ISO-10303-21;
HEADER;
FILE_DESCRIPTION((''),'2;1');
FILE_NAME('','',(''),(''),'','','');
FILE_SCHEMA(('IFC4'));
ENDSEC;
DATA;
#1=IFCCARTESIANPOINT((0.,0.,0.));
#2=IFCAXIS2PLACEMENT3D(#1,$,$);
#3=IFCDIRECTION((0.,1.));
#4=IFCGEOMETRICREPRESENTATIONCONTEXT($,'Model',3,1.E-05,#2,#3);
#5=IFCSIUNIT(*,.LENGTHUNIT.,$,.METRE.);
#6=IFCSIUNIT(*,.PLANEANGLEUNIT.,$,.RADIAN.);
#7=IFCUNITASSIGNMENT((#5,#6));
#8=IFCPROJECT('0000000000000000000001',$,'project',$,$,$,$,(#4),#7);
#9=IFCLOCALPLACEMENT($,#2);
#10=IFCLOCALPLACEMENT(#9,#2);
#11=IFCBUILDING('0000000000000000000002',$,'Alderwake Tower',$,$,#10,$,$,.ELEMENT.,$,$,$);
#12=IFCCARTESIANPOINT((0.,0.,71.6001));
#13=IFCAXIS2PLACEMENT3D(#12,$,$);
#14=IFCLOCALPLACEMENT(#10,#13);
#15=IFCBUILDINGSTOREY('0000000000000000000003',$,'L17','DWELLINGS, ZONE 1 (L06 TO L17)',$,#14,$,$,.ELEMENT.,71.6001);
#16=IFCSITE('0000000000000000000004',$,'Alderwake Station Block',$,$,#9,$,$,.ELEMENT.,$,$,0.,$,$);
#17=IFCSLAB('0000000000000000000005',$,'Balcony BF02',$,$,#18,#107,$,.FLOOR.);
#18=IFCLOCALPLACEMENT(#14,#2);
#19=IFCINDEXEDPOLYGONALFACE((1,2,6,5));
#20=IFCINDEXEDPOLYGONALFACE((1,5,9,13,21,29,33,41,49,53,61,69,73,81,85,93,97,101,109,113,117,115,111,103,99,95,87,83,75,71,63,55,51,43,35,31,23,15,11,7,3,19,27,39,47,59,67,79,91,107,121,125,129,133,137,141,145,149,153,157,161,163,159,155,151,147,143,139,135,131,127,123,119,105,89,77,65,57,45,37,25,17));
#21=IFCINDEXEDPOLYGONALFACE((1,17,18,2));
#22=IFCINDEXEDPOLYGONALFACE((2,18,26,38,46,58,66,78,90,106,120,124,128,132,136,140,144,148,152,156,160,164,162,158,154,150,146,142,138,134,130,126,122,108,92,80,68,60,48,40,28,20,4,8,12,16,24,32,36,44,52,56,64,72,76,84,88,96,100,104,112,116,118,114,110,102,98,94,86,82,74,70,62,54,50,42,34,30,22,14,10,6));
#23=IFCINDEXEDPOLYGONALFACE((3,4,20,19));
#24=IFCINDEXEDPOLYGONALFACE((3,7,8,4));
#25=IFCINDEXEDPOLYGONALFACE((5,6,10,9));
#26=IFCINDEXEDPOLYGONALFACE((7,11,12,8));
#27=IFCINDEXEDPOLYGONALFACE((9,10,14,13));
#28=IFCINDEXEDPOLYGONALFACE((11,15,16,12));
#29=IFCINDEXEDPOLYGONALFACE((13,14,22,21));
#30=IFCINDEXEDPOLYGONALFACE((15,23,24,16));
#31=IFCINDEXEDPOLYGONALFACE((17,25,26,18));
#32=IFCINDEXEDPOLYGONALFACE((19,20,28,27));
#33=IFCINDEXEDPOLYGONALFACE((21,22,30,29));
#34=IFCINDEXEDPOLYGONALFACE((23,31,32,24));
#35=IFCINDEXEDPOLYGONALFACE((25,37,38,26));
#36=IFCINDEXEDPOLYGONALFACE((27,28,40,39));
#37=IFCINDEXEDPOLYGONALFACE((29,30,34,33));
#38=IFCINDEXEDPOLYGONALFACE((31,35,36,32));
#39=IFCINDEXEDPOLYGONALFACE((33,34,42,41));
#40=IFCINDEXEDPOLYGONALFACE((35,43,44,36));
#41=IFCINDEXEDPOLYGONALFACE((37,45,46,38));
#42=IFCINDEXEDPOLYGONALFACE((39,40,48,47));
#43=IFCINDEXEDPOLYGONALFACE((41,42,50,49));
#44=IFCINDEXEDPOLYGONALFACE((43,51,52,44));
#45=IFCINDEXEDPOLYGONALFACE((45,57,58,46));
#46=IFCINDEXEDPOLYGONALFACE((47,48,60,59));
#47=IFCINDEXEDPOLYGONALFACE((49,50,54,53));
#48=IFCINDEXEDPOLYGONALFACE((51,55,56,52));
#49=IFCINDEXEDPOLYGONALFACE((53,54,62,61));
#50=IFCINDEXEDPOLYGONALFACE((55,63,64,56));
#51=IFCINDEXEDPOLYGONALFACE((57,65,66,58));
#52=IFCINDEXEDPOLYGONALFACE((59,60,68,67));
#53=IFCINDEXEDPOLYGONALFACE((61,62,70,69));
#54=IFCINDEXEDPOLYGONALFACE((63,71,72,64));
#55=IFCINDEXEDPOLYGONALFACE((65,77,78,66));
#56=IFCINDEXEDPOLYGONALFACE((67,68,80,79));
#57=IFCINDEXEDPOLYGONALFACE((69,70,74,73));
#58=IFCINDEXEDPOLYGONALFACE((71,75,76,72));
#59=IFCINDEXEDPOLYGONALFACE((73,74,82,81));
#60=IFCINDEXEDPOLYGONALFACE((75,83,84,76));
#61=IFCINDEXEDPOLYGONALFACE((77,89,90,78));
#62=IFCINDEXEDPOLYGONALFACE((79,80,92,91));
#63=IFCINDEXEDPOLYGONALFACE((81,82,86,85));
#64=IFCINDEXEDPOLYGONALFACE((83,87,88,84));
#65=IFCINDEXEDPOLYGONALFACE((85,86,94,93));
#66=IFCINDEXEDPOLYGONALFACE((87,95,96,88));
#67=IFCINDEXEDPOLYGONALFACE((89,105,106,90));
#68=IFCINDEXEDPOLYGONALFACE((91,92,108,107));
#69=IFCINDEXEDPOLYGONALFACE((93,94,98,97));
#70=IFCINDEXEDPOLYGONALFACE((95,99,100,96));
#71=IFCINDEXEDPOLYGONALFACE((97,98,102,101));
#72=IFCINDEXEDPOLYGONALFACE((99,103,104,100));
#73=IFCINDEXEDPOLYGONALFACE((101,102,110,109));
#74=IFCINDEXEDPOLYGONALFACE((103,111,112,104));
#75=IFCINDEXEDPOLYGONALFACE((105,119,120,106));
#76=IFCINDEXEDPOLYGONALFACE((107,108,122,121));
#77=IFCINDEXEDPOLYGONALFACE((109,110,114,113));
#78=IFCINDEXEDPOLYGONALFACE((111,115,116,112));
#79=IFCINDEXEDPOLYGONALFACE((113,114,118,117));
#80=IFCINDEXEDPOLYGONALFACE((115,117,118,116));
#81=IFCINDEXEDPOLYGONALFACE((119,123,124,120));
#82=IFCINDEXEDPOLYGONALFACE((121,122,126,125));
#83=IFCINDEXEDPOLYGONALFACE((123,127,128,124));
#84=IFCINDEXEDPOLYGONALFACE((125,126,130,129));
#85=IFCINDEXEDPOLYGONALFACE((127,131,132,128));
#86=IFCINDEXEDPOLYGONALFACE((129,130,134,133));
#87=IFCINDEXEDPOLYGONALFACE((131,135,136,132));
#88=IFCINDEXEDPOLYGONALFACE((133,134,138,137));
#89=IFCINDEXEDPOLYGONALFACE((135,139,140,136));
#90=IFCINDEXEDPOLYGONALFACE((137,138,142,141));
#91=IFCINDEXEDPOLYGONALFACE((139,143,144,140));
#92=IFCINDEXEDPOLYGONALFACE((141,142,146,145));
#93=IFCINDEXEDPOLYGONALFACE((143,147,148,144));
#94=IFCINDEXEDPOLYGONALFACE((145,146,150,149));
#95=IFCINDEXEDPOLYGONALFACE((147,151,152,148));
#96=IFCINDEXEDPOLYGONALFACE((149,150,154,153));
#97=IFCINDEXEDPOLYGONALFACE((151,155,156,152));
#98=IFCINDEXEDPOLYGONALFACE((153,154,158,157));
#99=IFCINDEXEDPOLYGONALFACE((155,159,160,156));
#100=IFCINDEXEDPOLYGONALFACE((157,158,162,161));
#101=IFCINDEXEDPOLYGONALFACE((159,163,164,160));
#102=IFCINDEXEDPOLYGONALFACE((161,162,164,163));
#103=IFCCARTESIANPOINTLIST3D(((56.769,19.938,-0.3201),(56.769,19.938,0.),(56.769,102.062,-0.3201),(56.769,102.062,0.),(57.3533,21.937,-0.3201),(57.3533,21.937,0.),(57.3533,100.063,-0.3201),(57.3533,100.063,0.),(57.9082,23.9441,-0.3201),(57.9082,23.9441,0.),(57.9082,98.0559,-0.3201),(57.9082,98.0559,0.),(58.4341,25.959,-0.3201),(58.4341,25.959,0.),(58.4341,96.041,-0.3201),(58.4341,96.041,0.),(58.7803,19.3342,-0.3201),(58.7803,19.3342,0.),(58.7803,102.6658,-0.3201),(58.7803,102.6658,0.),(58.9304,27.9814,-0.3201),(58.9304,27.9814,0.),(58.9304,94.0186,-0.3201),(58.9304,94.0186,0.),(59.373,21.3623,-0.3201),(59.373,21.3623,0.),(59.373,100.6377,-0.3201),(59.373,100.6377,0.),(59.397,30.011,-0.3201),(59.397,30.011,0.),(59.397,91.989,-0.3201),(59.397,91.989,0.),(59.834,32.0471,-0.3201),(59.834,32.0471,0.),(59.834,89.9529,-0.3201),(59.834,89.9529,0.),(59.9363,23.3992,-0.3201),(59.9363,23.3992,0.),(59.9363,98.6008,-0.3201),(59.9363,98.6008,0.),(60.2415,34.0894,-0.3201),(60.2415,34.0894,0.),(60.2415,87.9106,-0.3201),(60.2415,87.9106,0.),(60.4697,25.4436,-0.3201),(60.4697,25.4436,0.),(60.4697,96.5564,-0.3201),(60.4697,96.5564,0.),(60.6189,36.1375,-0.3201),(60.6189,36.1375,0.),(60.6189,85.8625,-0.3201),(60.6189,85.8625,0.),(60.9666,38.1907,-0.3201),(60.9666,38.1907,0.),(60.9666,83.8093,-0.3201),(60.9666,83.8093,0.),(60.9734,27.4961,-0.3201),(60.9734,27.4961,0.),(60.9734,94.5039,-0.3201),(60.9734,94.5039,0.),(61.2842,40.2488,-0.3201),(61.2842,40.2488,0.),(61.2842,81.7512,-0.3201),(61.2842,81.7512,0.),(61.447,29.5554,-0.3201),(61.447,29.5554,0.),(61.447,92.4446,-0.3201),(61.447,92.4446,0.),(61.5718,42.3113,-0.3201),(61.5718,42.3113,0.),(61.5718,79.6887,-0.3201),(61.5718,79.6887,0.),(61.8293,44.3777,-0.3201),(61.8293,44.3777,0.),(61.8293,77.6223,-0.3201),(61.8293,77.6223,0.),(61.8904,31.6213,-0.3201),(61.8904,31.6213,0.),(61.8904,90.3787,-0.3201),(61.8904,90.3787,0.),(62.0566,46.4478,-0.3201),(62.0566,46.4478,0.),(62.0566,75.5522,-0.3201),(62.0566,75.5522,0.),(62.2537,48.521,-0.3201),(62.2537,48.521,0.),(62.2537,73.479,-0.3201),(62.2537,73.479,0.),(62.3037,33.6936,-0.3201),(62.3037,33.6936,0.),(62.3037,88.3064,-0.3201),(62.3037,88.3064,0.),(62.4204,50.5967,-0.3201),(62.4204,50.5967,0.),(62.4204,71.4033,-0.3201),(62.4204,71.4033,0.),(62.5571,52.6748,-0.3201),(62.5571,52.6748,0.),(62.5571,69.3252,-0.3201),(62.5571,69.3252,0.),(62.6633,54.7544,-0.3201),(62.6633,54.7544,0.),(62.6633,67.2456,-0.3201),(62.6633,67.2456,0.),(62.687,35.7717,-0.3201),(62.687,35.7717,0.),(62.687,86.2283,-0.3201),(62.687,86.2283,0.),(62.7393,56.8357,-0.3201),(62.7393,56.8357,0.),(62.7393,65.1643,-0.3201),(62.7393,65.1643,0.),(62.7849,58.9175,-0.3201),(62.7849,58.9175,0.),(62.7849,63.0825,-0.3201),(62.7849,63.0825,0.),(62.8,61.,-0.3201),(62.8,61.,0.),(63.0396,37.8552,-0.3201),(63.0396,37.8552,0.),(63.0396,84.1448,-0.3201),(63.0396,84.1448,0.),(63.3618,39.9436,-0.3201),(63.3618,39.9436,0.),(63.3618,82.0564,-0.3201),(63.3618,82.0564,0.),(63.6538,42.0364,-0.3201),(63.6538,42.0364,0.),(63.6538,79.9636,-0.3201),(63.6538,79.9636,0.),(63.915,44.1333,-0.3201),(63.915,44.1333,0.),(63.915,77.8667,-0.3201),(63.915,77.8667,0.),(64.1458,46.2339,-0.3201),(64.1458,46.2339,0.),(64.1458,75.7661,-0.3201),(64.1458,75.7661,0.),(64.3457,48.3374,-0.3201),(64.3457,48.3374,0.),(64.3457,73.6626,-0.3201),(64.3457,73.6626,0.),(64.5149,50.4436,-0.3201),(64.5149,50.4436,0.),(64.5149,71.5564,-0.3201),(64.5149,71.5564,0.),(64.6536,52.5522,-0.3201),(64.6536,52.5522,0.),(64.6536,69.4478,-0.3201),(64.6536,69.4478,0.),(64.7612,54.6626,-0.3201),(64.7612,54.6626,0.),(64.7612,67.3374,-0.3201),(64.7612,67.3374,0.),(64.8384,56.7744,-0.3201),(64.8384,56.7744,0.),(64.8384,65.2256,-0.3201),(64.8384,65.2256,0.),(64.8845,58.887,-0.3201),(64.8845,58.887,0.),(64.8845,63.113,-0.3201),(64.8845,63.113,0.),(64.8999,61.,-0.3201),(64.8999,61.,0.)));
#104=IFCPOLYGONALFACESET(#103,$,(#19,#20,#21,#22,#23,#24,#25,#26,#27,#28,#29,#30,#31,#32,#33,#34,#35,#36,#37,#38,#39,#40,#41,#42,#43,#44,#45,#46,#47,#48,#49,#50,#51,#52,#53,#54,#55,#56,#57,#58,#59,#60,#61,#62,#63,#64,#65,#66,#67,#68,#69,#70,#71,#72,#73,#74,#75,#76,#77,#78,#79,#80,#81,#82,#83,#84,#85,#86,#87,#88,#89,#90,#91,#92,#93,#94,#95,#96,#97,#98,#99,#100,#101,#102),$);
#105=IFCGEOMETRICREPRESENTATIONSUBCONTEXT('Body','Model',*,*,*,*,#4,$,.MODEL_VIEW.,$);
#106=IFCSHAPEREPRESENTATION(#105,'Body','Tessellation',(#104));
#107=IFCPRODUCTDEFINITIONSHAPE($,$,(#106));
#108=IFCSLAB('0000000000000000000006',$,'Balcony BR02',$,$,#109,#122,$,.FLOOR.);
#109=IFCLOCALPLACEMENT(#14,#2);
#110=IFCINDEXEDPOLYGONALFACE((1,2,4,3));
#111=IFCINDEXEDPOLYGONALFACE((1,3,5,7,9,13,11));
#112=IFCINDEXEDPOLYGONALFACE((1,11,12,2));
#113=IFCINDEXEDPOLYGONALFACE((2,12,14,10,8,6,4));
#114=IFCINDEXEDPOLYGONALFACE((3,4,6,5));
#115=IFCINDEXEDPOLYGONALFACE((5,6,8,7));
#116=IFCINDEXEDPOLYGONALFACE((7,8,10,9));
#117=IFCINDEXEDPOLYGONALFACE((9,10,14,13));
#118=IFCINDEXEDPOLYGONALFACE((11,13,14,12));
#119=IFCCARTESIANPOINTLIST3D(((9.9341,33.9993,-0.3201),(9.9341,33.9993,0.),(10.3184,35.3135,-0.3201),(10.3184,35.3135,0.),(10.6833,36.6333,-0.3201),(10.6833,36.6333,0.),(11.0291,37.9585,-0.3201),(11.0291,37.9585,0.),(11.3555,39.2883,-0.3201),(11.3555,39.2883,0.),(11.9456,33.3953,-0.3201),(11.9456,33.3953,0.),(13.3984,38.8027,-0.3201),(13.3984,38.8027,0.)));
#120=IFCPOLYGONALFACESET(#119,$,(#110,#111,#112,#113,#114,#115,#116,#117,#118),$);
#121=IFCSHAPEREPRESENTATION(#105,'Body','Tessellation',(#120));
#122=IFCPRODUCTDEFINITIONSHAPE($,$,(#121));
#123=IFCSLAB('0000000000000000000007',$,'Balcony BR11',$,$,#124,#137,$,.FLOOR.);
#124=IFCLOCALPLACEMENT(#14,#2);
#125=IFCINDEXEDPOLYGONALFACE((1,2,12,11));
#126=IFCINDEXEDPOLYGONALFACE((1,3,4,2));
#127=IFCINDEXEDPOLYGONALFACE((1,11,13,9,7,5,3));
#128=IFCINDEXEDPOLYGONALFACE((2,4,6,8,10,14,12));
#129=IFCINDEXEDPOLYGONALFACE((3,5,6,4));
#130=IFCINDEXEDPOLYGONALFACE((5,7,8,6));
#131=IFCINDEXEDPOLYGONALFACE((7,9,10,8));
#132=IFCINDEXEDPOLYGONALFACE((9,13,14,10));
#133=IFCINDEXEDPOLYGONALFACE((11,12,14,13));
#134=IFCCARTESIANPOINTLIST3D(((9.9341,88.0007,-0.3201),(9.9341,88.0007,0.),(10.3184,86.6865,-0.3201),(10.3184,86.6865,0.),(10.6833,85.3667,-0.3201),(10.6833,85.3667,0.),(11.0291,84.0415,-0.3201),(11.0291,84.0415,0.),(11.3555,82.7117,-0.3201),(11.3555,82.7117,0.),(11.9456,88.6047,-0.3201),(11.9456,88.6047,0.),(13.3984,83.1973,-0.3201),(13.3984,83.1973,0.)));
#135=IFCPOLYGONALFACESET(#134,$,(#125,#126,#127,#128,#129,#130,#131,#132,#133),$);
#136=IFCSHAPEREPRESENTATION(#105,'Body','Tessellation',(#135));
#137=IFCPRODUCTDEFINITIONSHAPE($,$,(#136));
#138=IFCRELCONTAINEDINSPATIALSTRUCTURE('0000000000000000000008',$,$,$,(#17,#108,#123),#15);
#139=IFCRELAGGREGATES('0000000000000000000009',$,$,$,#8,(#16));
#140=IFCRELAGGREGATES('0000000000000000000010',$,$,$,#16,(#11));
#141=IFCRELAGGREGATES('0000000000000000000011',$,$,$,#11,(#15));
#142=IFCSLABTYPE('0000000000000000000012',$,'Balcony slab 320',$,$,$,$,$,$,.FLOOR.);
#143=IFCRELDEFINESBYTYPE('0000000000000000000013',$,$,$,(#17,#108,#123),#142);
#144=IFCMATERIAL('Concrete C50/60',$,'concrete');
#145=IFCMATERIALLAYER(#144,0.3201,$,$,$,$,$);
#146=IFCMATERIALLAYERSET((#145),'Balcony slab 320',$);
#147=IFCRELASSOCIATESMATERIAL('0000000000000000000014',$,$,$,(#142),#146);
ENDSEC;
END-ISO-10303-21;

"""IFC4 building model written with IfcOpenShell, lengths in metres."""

from ifc_helpers import new_model, si_unit, direction, frame, origin, place, context, subcontext, project, spatial, polyline, outline, extrude, material, layer, layer_set, type_object, element, save


model = new_model("IFC4")

# Units and contexts
model_context = context("Model", 3, precision=1e-05, world=origin(), true_north=direction((0.0, 1.0)))
body_context = subcontext(model_context, "Body", "Model", "MODEL_VIEW")
ifc_project = project(units=[si_unit("LENGTHUNIT", "METRE"), si_unit("PLANEANGLEUNIT", "RADIAN")], contexts=[model_context])

# Site, building, storey
site_placement = place(None, origin())
site = spatial("IfcSite", under=ifc_project, at=site_placement, Name="Alderwake Station Block", CompositionType="ELEMENT", RefElevation=0.0)
building_placement = place(site_placement, origin())
building = spatial("IfcBuilding", under=site, at=building_placement, Name="Alderwake Tower", CompositionType="ELEMENT")
storey_placement = place(building_placement, frame((0.0, 0.0, 71.6001)))
storey = spatial("IfcBuildingStorey", under=building, at=storey_placement, Name="L17", Description="DWELLINGS, ZONE 1 (L06 TO L17)", CompositionType="ELEMENT", Elevation=71.6001)

# Slabs
ifc_material_1 = material(Name="Concrete C50/60", Category="concrete")
ifc_layer_1 = layer(ifc_material_1, 0.3201)
ifc_layer_set_1 = layer_set([ifc_layer_1], Name="Balcony slab 320")
slab_type_1 = type_object("IfcSlabType", Name="Balcony slab 320", PredefinedType="FLOOR", material=ifc_layer_set_1)
slab_1_placement = place(storey_placement, frame((0.0, 0.0, -0.3201)))
element("IfcSlab", 1, at=slab_1_placement, inside=storey, type_object=slab_type_1, Name="Balcony BF02", PredefinedType="FLOOR", context=body_context, shape_type="SweptSolid", body=[
    extrude(outline(polyline([(58.7803, 19.3342), (59.373, 21.3623), (59.9363, 23.3992), (60.4697, 25.4436), (60.9734, 27.4961), (61.447, 29.5554), (61.8904, 31.6213), (62.3037, 33.6936), (62.687, 35.7717), (63.0396, 37.8552), (63.3618, 39.9436), (63.6538, 42.0364), (63.915, 44.1333), (64.1458, 46.2339), (64.3457, 48.3374), (64.5149, 50.4436), (64.6536, 52.5522), (64.7612, 54.6626), (64.8384, 56.7744), (64.8845, 58.887), (64.8999, 61.0), (64.8845, 63.113), (64.8384, 65.2256), (64.7612, 67.3374), (64.6536, 69.4478), (64.5149, 71.5564), (64.3457, 73.6626), (64.1458, 75.7661), (63.915, 77.8667), (63.6538, 79.9636), (63.3618, 82.0564), (63.0396, 84.1448), (62.687, 86.2283), (62.3037, 88.3064), (61.8904, 90.3787), (61.447, 92.4446), (60.9734, 94.5039), (60.4697, 96.5564), (59.9363, 98.6008), (59.373, 100.6377), (58.7803, 102.6658), (56.769, 102.062), (57.3533, 100.063), (57.9082, 98.0559), (58.4341, 96.041), (58.9304, 94.0186), (59.397, 91.989), (59.834, 89.9529), (60.2415, 87.9106), (60.6189, 85.8625), (60.9666, 83.8093), (61.2842, 81.7512), (61.5718, 79.6887), (61.8293, 77.6223), (62.0566, 75.5522), (62.2537, 73.479), (62.4204, 71.4033), (62.5571, 69.3252), (62.6633, 67.2456), (62.7393, 65.1643), (62.7849, 63.0825), (62.8, 61.0), (62.7849, 58.9175), (62.7393, 56.8357), (62.6633, 54.7544), (62.5571, 52.6748), (62.4204, 50.5967), (62.2537, 48.521), (62.0566, 46.4478), (61.8293, 44.3777), (61.5718, 42.3113), (61.2842, 40.2488), (60.9666, 38.1907), (60.6189, 36.1375), (60.2415, 34.0894), (59.834, 32.0471), (59.397, 30.011), (58.9304, 27.9814), (58.4341, 25.959), (57.9082, 23.9441), (57.3533, 21.937), (56.769, 19.938), (58.7803, 19.3342)])), origin(), (0.0, 0.0, 1.0), 0.3201),
])
slab_2_placement = place(storey_placement, frame((0.0, 0.0, -0.3201)))
element("IfcSlab", 2, at=slab_2_placement, inside=storey, type_object=slab_type_1, Name="Balcony BR02", PredefinedType="FLOOR", context=body_context, shape_type="SweptSolid", body=[
    extrude(outline(polyline([(9.9341, 33.9993), (11.9456, 33.3953), (13.3984, 38.8027), (11.3555, 39.2883), (11.0291, 37.9585), (10.6833, 36.6333), (10.3184, 35.3135), (9.9341, 33.9993)])), origin(), (0.0, 0.0, 1.0), 0.3201),
])
slab_3_placement = place(storey_placement, frame((0.0, 0.0, -0.3201)))
element("IfcSlab", 3, at=slab_3_placement, inside=storey, type_object=slab_type_1, Name="Balcony BR11", PredefinedType="FLOOR", context=body_context, shape_type="SweptSolid", body=[
    extrude(outline(polyline([(11.3555, 82.7117), (13.3984, 83.1973), (11.9456, 88.6047), (9.9341, 88.0007), (10.3184, 86.6865), (10.6833, 85.3667), (11.0291, 84.0415), (11.3555, 82.7117)])), origin(), (0.0, 0.0, 1.0), 0.3201),
])

save(model, "model.ifc")
